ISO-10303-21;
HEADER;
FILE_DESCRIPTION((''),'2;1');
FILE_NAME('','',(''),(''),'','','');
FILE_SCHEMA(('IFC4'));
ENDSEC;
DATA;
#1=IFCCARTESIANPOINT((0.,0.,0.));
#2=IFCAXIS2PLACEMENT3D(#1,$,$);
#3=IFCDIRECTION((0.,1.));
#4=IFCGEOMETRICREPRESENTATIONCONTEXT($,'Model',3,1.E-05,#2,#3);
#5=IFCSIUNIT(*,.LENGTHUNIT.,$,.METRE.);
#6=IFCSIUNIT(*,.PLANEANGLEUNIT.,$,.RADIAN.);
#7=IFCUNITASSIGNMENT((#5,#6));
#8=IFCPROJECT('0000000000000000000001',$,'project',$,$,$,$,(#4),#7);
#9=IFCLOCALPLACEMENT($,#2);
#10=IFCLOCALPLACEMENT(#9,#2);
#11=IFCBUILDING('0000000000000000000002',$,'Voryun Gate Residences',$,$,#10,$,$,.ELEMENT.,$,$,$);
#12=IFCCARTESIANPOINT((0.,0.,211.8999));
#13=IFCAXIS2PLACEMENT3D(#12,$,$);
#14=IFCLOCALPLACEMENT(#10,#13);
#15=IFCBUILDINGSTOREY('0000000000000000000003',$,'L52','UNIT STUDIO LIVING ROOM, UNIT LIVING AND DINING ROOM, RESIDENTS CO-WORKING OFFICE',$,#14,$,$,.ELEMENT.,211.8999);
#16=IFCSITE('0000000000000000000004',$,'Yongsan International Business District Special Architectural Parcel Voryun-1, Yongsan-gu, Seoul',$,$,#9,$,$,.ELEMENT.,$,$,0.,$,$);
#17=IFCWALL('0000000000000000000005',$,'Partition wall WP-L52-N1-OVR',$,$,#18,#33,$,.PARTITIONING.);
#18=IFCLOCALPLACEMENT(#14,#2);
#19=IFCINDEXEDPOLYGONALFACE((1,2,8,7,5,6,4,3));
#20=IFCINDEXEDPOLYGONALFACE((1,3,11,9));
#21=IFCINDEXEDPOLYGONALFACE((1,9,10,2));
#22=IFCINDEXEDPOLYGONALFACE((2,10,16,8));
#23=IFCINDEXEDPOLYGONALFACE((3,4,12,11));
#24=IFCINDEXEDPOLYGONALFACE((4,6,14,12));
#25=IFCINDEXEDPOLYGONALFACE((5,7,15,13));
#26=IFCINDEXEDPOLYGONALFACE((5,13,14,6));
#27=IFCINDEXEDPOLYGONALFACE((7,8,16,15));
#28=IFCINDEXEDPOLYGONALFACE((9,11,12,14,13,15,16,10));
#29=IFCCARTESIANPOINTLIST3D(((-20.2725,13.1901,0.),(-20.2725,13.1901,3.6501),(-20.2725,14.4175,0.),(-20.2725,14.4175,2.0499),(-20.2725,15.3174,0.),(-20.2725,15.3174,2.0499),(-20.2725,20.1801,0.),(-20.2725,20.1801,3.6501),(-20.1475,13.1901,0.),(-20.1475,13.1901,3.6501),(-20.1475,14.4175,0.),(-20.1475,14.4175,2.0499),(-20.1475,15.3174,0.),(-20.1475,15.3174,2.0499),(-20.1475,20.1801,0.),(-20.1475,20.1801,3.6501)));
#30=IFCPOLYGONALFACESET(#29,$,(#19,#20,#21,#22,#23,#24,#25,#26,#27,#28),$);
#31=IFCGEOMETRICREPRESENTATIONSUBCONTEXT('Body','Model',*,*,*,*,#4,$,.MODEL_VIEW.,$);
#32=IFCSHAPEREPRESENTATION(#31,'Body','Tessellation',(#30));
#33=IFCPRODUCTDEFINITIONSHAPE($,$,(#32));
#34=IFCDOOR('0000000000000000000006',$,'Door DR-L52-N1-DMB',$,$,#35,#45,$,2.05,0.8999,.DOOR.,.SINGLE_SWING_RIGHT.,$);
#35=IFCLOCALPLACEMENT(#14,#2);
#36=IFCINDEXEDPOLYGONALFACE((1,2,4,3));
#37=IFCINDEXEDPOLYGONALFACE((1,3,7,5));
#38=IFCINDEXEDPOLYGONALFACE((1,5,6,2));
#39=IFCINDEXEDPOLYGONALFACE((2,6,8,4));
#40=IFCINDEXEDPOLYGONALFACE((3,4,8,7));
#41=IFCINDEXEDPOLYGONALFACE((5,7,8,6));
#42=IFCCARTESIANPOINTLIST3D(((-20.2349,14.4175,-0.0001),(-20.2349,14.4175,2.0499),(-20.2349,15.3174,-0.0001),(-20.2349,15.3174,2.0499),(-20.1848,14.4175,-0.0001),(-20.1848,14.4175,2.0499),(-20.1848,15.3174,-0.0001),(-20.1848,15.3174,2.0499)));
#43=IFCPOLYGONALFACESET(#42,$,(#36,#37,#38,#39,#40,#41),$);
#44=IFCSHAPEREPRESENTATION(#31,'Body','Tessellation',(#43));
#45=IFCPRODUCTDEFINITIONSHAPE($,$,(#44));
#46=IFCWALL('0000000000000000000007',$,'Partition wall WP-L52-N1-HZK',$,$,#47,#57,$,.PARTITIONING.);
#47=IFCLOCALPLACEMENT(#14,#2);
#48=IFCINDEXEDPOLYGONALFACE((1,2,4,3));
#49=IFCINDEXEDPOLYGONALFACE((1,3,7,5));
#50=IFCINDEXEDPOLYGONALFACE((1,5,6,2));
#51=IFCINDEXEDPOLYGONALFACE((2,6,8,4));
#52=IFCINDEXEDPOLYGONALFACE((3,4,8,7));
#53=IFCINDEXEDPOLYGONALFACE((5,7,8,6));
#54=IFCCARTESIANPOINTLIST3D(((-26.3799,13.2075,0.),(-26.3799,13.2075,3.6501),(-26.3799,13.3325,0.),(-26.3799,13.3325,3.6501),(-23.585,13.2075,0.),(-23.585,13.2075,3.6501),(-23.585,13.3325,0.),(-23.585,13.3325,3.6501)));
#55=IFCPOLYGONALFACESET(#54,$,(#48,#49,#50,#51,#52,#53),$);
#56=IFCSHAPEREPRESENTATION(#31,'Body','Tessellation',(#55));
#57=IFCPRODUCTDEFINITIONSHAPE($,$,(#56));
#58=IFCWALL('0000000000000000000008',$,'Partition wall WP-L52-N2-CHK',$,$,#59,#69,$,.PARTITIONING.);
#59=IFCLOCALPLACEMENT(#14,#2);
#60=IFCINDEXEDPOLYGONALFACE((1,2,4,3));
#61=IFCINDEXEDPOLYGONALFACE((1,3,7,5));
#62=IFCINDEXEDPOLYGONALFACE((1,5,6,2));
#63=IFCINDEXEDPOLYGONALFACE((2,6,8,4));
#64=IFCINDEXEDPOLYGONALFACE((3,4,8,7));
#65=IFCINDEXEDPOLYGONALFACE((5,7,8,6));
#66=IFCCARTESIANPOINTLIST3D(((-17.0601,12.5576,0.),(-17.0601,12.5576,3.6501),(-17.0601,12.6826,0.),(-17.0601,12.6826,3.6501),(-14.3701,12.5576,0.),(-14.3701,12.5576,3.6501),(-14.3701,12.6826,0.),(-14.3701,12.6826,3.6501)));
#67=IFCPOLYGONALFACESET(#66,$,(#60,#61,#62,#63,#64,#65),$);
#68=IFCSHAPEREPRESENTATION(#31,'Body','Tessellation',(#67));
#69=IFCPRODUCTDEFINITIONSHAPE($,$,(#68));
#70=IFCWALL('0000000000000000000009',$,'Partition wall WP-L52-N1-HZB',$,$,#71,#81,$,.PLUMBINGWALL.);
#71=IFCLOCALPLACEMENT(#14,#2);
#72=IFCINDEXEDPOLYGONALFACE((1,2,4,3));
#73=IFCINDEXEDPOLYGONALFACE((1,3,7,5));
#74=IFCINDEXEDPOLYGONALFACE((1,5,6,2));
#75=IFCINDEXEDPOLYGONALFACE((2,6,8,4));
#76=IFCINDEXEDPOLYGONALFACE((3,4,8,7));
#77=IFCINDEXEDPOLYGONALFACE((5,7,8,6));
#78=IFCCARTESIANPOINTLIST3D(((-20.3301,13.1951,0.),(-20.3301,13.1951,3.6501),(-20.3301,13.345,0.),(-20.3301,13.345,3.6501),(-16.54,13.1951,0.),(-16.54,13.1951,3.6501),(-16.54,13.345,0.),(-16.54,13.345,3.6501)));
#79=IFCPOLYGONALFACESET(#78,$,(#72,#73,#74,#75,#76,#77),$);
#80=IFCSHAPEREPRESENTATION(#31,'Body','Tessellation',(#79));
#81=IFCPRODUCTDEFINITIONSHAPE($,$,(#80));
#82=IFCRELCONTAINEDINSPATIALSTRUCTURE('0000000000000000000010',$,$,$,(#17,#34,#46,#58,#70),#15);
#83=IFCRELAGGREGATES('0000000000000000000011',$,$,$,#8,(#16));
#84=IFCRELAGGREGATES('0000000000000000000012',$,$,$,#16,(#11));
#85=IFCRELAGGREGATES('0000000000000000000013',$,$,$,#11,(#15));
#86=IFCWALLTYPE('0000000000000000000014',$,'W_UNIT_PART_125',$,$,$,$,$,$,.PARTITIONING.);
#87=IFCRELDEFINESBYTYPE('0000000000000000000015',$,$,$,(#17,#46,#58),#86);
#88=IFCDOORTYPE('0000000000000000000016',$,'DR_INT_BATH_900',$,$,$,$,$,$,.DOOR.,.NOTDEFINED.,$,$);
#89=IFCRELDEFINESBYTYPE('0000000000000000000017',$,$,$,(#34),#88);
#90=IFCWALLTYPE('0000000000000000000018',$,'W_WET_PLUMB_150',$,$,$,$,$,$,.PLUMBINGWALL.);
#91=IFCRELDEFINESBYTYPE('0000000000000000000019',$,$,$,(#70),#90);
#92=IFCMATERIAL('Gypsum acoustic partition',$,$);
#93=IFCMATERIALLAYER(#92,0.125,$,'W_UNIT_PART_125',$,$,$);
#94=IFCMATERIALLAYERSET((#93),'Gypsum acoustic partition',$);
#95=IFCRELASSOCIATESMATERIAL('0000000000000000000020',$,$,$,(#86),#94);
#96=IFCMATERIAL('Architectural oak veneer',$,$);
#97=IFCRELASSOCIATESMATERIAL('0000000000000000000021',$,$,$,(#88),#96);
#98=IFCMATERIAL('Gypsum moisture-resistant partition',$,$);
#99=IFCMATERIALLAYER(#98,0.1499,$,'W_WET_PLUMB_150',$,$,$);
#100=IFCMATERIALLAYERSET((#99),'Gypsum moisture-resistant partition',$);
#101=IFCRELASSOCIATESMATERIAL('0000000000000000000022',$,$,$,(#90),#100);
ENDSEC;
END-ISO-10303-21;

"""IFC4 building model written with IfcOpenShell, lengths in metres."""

from ifc_helpers import new_model, si_unit, direction, frame, frame_2d, origin, place, context, subcontext, project, spatial, rectangle, extrude, material, layer, layer_set, type_object, element, fill, save


model = new_model("IFC4")

# Units and contexts
model_context = context("Model", 3, precision=1e-05, world=origin(), true_north=direction((0.0, 1.0)))
body_context = subcontext(model_context, "Body", "Model", "MODEL_VIEW")
ifc_project = project(units=[si_unit("LENGTHUNIT", "METRE"), si_unit("PLANEANGLEUNIT", "RADIAN")], contexts=[model_context])

# Site, building, storey
site_placement = place(None, origin())
site = spatial("IfcSite", under=ifc_project, at=site_placement, Name="Yongsan International Business District Special Architectural Parcel Voryun-1, Yongsan-gu, Seoul", CompositionType="ELEMENT", RefElevation=0.0)
building_placement = place(site_placement, origin())
building = spatial("IfcBuilding", under=site, at=building_placement, Name="Voryun Gate Residences", CompositionType="ELEMENT")
storey_placement = place(building_placement, frame((0.0, 0.0, 211.8999)))
storey = spatial("IfcBuildingStorey", under=building, at=storey_placement, Name="L52", Description="UNIT STUDIO LIVING ROOM, UNIT LIVING AND DINING ROOM, RESIDENTS CO-WORKING OFFICE", CompositionType="ELEMENT", Elevation=211.8999)

# Wall, opening, door
ifc_material_1 = material(Name="Gypsum acoustic partition")
ifc_layer_1 = layer(ifc_material_1, 0.125, Name="W_UNIT_PART_125")
ifc_layer_set_1 = layer_set([ifc_layer_1], Name="Gypsum acoustic partition")
wall_type_1 = type_object("IfcWallType", Name="W_UNIT_PART_125", PredefinedType="PARTITIONING", material=ifc_layer_set_1)
wall_1_placement = place(storey_placement, frame((-20.21, 13.1899, 0.0), z_axis=(0.0, 0.0, 1.0), x_axis=(0.0, 1.0, 0.0)))
wall_1 = element("IfcWall", 1, at=wall_1_placement, inside=storey, type_object=wall_type_1, Name="Partition wall WP-L52-N1-OVR", PredefinedType="PARTITIONING", context=body_context, shape_type="SweptSolid", body=[
    extrude(rectangle(XDim=6.99, YDim=0.125, at=frame_2d((3.4951, 0.0))), origin(), (0.0, 0.0, 1.0), 3.6501),
])
opening_1_placement = place(wall_1_placement, frame((1.2275, 0.0, 0.0)))
opening_1 = element("IfcOpeningElement", 2, at=opening_1_placement, cuts=wall_1, PredefinedType="OPENING", context=body_context, shape_type="SweptSolid", body=[
    extrude(rectangle(XDim=0.8999, YDim=2.05, at=frame_2d((0.45, 1.0249))), frame((0.0, 0.0725, 0.0), z_axis=(0.0, -1.0, 0.0), x_axis=(1.0, 0.0, 0.0)), (0.0, 0.0, 1.0), 0.145),
])
ifc_material_2 = material(Name="Architectural oak veneer")
door_type = type_object("IfcDoorType", Name="DR_INT_BATH_900", OperationType="NOTDEFINED", PredefinedType="DOOR", material=ifc_material_2)
door_placement = place(opening_1_placement, origin())
door = element("IfcDoor", 3, at=door_placement, inside=storey, type_object=door_type, Name="Door DR-L52-N1-DMB", OperationType="SINGLE_SWING_RIGHT", OverallHeight=2.05, OverallWidth=0.8999, PredefinedType="DOOR", context=body_context, shape_type="SweptSolid", body=[
    extrude(rectangle(XDim=0.8999, YDim=2.05, at=frame_2d((0.45, 1.0249))), frame((0.0, 0.0249, 0.0), z_axis=(0.0, -1.0, 0.0), x_axis=(1.0, 0.0, 0.0)), (0.0, 0.0, 1.0), 0.05),
])
fill(opening_1, door)

# Walls
wall_2_placement = place(storey_placement, frame((-26.3799, 13.27, 0.0), z_axis=(0.0, 0.0, 1.0), x_axis=(1.0, 0.0, 0.0)))
element("IfcWall", 4, at=wall_2_placement, inside=storey, type_object=wall_type_1, Name="Partition wall WP-L52-N1-HZK", PredefinedType="PARTITIONING", context=body_context, shape_type="SweptSolid", body=[
    extrude(rectangle(XDim=2.7949, YDim=0.125, at=frame_2d((1.3975, 0.0))), origin(), (0.0, 0.0, 1.0), 3.6501),
])
wall_3_placement = place(storey_placement, frame((-17.0601, 12.6201, 0.0), z_axis=(0.0, 0.0, 1.0), x_axis=(1.0, 0.0, 0.0)))
element("IfcWall", 5, at=wall_3_placement, inside=storey, type_object=wall_type_1, Name="Partition wall WP-L52-N2-CHK", PredefinedType="PARTITIONING", context=body_context, shape_type="SweptSolid", body=[
    extrude(rectangle(XDim=2.6899, YDim=0.125, at=frame_2d((1.345, 0.0))), origin(), (0.0, 0.0, 1.0), 3.6501),
])
ifc_material_3 = material(Name="Gypsum moisture-resistant partition")
ifc_layer_2 = layer(ifc_material_3, 0.1499, Name="W_WET_PLUMB_150")
ifc_layer_set_2 = layer_set([ifc_layer_2], Name="Gypsum moisture-resistant partition")
wall_type_2 = type_object("IfcWallType", Name="W_WET_PLUMB_150", PredefinedType="PLUMBINGWALL", material=ifc_layer_set_2)
wall_4_placement = place(storey_placement, frame((-20.3301, 13.27, 0.0), z_axis=(0.0, 0.0, 1.0), x_axis=(1.0, 0.0, 0.0)))
element("IfcWall", 6, at=wall_4_placement, inside=storey, type_object=wall_type_2, Name="Partition wall WP-L52-N1-HZB", PredefinedType="PLUMBINGWALL", context=body_context, shape_type="SweptSolid", body=[
    extrude(rectangle(XDim=3.79, YDim=0.1499, at=frame_2d((1.895, 0.0))), origin(), (0.0, 0.0, 1.0), 3.6501),
])

save(model, "model.ifc")
